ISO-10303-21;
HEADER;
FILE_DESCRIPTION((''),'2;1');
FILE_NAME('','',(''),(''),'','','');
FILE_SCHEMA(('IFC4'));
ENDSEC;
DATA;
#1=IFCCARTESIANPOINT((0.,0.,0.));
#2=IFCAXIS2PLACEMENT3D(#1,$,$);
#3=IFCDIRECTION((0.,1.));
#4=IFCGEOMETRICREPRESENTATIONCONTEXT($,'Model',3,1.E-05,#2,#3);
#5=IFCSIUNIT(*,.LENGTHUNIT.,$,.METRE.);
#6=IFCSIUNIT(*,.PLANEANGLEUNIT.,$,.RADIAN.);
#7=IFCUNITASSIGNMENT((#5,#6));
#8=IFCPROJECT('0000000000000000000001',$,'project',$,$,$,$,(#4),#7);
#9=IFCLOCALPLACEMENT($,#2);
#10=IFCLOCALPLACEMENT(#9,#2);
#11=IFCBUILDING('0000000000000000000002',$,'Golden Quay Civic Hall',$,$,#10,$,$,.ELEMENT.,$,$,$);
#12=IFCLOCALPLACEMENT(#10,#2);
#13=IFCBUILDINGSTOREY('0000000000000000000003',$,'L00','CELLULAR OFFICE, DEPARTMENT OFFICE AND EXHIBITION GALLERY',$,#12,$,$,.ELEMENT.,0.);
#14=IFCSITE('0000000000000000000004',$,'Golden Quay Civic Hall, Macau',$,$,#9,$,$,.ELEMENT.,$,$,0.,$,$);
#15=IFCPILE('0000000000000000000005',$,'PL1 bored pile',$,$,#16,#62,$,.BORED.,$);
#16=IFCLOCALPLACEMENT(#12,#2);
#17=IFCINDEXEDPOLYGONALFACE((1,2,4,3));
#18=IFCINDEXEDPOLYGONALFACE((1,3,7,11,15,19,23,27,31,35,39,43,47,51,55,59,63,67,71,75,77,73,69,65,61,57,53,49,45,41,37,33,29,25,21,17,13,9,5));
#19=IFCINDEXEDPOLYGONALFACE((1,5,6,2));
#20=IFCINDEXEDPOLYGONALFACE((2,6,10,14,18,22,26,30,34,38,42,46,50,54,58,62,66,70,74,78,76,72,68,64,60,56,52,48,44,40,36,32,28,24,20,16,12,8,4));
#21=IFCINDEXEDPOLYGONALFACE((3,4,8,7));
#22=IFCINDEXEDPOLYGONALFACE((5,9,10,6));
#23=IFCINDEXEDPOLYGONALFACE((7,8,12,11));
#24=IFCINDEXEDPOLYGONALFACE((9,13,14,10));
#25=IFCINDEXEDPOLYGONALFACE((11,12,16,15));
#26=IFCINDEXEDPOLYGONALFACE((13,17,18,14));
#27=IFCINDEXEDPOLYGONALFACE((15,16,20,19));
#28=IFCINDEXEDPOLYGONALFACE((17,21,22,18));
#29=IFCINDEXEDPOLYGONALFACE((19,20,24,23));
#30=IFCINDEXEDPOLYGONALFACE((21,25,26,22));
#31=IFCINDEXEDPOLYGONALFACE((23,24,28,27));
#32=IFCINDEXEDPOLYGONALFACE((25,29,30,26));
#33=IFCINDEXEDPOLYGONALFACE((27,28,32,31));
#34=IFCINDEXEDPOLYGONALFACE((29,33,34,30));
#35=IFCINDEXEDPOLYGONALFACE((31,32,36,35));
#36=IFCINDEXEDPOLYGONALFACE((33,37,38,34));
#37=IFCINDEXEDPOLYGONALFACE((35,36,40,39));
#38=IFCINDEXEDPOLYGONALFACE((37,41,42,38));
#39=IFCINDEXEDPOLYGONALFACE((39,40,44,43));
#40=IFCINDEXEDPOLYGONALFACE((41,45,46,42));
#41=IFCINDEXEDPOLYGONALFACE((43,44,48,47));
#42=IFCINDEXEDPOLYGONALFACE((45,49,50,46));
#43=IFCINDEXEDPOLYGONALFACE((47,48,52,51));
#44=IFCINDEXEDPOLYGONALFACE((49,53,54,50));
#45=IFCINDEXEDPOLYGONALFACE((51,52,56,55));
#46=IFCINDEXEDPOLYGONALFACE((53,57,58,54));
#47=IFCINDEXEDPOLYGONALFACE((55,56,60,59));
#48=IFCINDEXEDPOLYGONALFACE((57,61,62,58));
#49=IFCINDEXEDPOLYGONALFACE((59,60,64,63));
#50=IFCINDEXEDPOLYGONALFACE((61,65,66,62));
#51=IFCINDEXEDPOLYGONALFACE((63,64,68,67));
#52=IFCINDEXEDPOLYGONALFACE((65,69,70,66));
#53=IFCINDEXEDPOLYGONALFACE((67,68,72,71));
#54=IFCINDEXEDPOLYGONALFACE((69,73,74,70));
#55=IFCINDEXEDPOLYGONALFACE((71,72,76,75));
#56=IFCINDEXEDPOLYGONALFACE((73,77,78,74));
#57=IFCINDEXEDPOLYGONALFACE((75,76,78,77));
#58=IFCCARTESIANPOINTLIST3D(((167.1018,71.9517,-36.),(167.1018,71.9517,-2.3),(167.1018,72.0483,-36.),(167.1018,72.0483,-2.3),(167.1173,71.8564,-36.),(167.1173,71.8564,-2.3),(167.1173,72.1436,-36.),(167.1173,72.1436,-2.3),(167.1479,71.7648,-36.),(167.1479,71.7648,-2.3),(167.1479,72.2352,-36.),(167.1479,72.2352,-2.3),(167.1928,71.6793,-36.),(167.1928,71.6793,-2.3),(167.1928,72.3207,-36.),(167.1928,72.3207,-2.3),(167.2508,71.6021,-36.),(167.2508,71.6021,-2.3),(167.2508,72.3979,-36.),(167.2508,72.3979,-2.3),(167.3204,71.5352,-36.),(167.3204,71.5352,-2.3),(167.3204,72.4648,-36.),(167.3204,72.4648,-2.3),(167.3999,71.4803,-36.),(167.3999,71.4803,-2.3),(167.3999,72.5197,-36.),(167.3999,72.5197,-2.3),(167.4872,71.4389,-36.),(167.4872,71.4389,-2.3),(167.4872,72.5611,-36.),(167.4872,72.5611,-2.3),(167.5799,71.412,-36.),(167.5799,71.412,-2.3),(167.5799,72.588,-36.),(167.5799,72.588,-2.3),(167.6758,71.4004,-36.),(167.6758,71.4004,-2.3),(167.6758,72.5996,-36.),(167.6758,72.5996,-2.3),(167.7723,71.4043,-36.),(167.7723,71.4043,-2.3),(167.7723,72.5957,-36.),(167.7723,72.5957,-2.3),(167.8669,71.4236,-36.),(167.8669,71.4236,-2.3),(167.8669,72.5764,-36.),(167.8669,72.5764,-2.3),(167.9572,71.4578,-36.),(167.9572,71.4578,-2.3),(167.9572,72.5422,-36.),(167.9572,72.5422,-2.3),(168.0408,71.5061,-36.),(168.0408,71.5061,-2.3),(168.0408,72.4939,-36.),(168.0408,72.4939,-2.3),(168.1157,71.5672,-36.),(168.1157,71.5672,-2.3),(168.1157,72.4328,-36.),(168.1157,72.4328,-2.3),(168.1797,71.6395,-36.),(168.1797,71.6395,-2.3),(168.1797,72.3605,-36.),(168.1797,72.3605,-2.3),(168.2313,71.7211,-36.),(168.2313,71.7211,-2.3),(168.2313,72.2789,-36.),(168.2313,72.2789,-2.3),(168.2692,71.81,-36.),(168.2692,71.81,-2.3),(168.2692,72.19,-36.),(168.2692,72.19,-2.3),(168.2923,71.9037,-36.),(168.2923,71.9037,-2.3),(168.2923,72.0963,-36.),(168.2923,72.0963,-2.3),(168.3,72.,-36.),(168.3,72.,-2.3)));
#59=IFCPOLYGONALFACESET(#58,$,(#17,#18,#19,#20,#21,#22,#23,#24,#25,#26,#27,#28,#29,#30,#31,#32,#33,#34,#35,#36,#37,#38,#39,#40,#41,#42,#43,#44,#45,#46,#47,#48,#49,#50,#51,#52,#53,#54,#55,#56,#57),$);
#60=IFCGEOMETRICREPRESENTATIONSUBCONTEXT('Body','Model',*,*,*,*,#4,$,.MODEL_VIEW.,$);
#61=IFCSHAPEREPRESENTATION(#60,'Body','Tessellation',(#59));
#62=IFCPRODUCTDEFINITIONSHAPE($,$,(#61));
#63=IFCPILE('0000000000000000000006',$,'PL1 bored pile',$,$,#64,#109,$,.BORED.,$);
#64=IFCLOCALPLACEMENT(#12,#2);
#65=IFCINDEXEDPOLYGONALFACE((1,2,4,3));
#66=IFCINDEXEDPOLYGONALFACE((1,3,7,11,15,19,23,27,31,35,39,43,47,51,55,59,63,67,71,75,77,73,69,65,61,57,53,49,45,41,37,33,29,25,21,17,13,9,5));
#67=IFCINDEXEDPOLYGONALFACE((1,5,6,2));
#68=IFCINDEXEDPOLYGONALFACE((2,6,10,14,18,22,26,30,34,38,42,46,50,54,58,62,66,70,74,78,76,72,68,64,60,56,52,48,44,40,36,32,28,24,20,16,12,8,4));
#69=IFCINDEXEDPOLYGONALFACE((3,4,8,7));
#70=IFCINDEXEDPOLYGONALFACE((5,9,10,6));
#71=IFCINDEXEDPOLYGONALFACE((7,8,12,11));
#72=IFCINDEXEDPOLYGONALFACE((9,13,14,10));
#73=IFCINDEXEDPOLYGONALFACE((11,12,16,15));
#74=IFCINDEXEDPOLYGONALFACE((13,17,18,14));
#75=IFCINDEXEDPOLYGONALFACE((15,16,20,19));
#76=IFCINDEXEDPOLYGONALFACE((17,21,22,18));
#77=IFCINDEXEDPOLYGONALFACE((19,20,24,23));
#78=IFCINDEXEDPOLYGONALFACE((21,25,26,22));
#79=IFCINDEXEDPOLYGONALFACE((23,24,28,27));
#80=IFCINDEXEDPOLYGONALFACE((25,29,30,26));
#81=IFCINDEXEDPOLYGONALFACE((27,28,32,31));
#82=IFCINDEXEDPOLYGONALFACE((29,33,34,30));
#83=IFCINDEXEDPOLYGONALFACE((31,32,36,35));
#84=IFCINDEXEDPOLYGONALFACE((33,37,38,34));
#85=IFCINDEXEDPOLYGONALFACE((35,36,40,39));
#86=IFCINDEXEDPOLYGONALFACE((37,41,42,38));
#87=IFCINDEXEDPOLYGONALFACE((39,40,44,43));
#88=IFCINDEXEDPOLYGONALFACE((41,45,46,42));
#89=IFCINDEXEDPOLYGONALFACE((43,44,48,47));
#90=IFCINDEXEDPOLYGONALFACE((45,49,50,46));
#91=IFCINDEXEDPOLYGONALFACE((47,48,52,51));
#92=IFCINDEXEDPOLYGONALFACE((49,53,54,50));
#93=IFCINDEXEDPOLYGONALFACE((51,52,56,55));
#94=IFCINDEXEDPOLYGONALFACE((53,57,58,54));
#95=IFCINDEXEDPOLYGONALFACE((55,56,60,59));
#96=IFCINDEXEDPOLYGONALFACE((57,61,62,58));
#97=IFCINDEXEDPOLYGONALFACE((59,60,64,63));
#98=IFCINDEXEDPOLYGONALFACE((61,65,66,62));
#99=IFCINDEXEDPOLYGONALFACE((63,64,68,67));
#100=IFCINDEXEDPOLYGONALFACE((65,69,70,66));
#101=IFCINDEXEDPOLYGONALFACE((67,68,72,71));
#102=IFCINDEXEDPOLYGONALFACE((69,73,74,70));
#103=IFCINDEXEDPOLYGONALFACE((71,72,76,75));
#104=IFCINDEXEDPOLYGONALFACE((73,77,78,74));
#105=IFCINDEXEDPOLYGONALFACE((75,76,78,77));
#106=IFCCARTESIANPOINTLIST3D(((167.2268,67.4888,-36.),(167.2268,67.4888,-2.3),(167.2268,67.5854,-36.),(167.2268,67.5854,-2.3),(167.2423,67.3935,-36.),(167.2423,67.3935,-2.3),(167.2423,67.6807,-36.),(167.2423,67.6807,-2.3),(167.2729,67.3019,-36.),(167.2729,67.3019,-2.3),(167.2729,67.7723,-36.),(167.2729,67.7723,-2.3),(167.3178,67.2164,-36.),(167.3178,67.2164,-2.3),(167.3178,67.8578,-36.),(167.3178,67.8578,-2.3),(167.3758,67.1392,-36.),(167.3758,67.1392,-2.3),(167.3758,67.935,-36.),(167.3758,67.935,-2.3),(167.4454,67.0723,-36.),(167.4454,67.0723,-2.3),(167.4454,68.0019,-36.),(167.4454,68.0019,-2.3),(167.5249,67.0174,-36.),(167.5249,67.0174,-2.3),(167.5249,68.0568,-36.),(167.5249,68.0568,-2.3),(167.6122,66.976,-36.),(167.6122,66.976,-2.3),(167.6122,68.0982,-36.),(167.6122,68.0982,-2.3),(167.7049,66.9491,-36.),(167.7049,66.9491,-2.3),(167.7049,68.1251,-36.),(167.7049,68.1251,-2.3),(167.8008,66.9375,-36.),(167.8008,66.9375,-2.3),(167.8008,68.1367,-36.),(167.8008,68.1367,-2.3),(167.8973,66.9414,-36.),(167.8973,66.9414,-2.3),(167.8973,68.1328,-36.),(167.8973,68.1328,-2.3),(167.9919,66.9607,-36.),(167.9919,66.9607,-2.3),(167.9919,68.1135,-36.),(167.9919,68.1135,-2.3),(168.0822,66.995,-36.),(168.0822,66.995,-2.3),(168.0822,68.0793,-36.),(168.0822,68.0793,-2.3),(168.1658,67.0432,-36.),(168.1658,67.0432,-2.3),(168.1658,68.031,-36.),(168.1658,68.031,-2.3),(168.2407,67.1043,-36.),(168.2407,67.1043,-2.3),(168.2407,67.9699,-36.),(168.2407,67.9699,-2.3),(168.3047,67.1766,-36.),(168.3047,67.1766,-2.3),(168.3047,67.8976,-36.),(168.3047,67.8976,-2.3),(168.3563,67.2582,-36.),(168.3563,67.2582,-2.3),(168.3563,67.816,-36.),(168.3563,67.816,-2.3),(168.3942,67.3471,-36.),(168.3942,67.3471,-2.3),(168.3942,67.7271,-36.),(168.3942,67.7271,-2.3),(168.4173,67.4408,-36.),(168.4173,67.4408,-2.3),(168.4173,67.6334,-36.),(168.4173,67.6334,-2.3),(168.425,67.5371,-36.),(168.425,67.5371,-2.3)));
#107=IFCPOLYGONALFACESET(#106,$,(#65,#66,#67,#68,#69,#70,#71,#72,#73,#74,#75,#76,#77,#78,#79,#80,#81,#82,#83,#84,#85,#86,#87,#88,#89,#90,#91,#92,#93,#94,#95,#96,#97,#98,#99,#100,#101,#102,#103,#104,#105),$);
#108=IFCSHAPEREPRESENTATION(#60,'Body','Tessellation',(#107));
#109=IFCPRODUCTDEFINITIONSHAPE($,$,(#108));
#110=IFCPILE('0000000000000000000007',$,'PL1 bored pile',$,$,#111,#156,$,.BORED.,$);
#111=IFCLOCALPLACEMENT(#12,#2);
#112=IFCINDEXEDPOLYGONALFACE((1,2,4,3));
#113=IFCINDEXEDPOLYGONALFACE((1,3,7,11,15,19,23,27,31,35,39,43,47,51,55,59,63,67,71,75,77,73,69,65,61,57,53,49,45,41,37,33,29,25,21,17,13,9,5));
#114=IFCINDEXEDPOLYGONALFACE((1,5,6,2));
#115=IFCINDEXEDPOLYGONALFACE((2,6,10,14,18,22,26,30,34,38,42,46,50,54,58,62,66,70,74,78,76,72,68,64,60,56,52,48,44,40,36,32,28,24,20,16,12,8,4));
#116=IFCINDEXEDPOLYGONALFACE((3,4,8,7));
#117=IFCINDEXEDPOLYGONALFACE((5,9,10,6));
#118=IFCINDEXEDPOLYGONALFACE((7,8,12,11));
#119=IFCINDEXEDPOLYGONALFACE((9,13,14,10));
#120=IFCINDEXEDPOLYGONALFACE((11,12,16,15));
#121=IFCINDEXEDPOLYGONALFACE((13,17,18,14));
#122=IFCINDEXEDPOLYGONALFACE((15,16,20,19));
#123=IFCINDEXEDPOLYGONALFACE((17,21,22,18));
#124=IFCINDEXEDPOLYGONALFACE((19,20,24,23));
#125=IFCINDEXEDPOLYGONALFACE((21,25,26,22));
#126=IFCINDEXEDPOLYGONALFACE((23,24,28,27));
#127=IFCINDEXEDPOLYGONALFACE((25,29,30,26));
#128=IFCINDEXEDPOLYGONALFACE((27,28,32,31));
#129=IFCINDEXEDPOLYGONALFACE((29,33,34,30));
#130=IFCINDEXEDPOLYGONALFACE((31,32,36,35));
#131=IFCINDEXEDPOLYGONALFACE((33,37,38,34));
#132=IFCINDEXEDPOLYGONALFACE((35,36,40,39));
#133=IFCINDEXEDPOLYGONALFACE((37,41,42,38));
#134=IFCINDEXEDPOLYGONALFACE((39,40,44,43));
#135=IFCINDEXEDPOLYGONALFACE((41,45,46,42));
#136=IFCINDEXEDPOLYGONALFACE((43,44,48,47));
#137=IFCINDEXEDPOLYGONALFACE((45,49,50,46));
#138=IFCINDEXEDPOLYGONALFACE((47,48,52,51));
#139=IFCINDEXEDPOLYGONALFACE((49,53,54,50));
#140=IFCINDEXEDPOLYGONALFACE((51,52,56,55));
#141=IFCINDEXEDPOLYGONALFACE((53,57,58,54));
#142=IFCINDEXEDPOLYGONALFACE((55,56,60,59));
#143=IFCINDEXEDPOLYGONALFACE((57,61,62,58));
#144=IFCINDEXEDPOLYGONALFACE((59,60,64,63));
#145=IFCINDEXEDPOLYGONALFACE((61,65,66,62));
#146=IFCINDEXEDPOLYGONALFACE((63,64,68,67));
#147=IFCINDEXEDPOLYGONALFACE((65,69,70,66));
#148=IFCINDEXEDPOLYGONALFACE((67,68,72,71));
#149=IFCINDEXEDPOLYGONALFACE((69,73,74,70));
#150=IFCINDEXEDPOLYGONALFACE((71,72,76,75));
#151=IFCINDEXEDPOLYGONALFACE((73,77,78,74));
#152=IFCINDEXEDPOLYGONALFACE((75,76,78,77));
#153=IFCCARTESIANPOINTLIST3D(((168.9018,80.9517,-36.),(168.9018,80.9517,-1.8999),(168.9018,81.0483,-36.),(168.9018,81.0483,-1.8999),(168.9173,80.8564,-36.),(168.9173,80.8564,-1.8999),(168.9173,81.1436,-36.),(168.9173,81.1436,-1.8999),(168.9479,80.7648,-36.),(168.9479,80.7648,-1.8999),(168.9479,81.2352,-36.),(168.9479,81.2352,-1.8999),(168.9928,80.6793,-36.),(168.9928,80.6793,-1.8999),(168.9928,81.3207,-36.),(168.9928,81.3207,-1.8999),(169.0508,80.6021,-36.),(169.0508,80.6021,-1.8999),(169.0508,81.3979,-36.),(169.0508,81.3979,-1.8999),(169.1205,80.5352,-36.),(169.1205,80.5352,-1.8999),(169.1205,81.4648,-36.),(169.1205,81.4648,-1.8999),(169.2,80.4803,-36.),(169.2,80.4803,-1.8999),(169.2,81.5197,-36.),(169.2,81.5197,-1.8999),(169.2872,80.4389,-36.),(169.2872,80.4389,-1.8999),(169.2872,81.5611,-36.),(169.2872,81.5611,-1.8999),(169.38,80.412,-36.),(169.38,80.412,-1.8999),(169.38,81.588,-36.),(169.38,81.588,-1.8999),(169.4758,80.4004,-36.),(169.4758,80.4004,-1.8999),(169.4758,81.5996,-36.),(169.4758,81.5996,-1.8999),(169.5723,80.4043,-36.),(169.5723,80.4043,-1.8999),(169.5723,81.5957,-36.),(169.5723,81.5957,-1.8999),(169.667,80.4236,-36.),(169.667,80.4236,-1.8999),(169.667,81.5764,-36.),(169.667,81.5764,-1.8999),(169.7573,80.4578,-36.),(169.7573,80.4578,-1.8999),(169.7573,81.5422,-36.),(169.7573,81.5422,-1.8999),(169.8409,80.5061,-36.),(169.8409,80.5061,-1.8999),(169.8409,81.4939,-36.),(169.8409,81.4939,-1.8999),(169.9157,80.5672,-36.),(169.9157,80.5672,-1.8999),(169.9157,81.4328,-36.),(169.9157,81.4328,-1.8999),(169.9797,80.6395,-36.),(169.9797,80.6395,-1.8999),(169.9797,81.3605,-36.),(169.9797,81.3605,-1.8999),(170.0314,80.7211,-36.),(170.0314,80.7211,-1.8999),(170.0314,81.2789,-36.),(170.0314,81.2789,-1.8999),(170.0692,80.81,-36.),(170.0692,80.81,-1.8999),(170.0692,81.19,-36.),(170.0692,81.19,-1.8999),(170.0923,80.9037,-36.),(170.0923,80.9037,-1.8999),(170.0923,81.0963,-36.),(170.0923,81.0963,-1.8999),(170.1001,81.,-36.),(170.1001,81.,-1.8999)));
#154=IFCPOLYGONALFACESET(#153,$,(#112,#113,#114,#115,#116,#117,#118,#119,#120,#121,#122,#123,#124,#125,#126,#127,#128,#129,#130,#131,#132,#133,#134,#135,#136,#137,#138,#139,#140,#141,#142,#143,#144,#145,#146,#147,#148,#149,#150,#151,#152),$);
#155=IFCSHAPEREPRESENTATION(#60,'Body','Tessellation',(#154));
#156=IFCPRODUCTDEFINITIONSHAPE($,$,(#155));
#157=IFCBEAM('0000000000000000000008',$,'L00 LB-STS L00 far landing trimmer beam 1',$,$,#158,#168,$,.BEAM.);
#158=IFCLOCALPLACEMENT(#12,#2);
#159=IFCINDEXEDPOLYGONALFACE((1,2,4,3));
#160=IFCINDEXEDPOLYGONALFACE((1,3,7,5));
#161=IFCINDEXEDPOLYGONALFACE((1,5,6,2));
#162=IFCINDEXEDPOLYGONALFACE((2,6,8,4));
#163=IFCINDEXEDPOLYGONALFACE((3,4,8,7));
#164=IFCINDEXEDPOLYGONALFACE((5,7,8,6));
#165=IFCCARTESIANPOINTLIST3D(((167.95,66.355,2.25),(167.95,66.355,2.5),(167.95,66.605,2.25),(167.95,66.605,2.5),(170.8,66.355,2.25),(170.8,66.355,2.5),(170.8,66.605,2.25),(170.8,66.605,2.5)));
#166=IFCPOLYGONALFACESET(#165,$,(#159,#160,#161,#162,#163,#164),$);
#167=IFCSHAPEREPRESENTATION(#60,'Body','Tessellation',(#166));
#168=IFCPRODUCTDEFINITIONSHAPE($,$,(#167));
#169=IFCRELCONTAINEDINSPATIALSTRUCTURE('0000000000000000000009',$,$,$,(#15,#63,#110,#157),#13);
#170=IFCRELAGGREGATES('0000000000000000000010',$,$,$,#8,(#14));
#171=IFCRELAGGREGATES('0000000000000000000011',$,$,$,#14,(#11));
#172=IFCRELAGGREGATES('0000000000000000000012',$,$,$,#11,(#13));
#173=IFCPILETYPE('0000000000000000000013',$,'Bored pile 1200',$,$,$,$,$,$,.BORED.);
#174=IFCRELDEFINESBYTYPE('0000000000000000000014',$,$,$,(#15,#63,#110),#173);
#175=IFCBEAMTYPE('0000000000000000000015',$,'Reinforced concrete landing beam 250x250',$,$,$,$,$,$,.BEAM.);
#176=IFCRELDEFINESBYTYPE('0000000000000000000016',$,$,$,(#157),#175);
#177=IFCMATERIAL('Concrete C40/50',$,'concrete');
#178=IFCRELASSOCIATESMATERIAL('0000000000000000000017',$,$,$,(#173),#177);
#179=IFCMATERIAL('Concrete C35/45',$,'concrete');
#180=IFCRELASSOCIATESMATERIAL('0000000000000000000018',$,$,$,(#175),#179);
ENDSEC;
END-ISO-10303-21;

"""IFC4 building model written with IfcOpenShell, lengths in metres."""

from ifc_helpers import new_model, si_unit, direction, frame, origin, origin_2d, place, context, subcontext, project, spatial, rectangle, circle, extrude, material, material_profile, profile_set, type_object, element, save


model = new_model("IFC4")

# Units and contexts
model_context = context("Model", 3, precision=1e-05, world=origin(), true_north=direction((0.0, 1.0)))
body_context = subcontext(model_context, "Body", "Model", "MODEL_VIEW")
ifc_project = project(units=[si_unit("LENGTHUNIT", "METRE"), si_unit("PLANEANGLEUNIT", "RADIAN")], contexts=[model_context])

# Site, building, storey
site_placement = place(None, origin())
site = spatial("IfcSite", under=ifc_project, at=site_placement, Name="Golden Quay Civic Hall, Macau", CompositionType="ELEMENT", RefElevation=0.0)
building_placement = place(site_placement, origin())
building = spatial("IfcBuilding", under=site, at=building_placement, Name="Golden Quay Civic Hall", CompositionType="ELEMENT")
storey_placement = place(building_placement, origin())
storey = spatial("IfcBuildingStorey", under=building, at=storey_placement, Name="L00", Description="CELLULAR OFFICE, DEPARTMENT OFFICE AND EXHIBITION GALLERY", CompositionType="ELEMENT", Elevation=0.0)

# Piles
ifc_material_1 = material(Name="Concrete C40/50", Category="concrete")
ifc_material_profile_1 = material_profile(ifc_material_1, circle(Radius=0.6001, at=origin_2d()), Name="RC D1200")
ifc_profile_set_1 = profile_set([ifc_material_profile_1], Name="Concrete C40/50")
pile_type = type_object("IfcPileType", Name="Bored pile 1200", PredefinedType="BORED", material=ifc_profile_set_1)
for number, where, z_axis, x_axis, name in (
    (1, (167.7, 72.0, -2.3), (0.0, 0.0, -1.0), (1.0, 0.0, 0.0), "PL1 bored pile"),
    (2, (167.825, 67.5371, -2.3), (0.0, 0.0, -1.0), (1.0, 0.0, 0.0), "PL1 bored pile"),
):
    element("IfcPile", number, at=place(storey_placement, frame(where, z_axis=z_axis, x_axis=x_axis)), inside=storey, type_object=pile_type, Name=name, PredefinedType="BORED", context=body_context, shape_type="SweptSolid", body=[
        extrude(circle(Radius=0.6001, at=origin_2d()), origin(), (0.0, 0.0, 1.0), 33.7),
    ])
pile_placement = place(storey_placement, frame((169.5, 81.0, -1.8999), z_axis=(0.0, 0.0, -1.0), x_axis=(1.0, 0.0, 0.0)))
element("IfcPile", 3, at=pile_placement, inside=storey, type_object=pile_type, Name="PL1 bored pile", PredefinedType="BORED", context=body_context, shape_type="SweptSolid", body=[
    extrude(circle(Radius=0.6001, at=origin_2d()), origin(), (0.0, 0.0, 1.0), 34.1001),
])

# Beam
ifc_material_2 = material(Name="Concrete C35/45", Category="concrete")
ifc_material_profile_2 = material_profile(ifc_material_2, rectangle(XDim=0.25, YDim=0.25, at=origin_2d()), Name="RC 250x250")
ifc_profile_set_2 = profile_set([ifc_material_profile_2], Name="Concrete C35/45")
beam_type = type_object("IfcBeamType", Name="Reinforced concrete landing beam 250x250", PredefinedType="BEAM", material=ifc_profile_set_2)
beam_placement = place(storey_placement, frame((167.95, 66.48, 2.375), z_axis=(1.0, 0.0, 0.0), x_axis=(0.0, 1.0, 0.0)))
element("IfcBeam", 4, at=beam_placement, inside=storey, type_object=beam_type, Name="L00 LB-STS L00 far landing trimmer beam 1", PredefinedType="BEAM", context=body_context, shape_type="SweptSolid", body=[
    extrude(rectangle(XDim=0.25, YDim=0.25, at=origin_2d()), origin(), (0.0, 0.0, 1.0), 2.8501),
])

save(model, "model.ifc")
